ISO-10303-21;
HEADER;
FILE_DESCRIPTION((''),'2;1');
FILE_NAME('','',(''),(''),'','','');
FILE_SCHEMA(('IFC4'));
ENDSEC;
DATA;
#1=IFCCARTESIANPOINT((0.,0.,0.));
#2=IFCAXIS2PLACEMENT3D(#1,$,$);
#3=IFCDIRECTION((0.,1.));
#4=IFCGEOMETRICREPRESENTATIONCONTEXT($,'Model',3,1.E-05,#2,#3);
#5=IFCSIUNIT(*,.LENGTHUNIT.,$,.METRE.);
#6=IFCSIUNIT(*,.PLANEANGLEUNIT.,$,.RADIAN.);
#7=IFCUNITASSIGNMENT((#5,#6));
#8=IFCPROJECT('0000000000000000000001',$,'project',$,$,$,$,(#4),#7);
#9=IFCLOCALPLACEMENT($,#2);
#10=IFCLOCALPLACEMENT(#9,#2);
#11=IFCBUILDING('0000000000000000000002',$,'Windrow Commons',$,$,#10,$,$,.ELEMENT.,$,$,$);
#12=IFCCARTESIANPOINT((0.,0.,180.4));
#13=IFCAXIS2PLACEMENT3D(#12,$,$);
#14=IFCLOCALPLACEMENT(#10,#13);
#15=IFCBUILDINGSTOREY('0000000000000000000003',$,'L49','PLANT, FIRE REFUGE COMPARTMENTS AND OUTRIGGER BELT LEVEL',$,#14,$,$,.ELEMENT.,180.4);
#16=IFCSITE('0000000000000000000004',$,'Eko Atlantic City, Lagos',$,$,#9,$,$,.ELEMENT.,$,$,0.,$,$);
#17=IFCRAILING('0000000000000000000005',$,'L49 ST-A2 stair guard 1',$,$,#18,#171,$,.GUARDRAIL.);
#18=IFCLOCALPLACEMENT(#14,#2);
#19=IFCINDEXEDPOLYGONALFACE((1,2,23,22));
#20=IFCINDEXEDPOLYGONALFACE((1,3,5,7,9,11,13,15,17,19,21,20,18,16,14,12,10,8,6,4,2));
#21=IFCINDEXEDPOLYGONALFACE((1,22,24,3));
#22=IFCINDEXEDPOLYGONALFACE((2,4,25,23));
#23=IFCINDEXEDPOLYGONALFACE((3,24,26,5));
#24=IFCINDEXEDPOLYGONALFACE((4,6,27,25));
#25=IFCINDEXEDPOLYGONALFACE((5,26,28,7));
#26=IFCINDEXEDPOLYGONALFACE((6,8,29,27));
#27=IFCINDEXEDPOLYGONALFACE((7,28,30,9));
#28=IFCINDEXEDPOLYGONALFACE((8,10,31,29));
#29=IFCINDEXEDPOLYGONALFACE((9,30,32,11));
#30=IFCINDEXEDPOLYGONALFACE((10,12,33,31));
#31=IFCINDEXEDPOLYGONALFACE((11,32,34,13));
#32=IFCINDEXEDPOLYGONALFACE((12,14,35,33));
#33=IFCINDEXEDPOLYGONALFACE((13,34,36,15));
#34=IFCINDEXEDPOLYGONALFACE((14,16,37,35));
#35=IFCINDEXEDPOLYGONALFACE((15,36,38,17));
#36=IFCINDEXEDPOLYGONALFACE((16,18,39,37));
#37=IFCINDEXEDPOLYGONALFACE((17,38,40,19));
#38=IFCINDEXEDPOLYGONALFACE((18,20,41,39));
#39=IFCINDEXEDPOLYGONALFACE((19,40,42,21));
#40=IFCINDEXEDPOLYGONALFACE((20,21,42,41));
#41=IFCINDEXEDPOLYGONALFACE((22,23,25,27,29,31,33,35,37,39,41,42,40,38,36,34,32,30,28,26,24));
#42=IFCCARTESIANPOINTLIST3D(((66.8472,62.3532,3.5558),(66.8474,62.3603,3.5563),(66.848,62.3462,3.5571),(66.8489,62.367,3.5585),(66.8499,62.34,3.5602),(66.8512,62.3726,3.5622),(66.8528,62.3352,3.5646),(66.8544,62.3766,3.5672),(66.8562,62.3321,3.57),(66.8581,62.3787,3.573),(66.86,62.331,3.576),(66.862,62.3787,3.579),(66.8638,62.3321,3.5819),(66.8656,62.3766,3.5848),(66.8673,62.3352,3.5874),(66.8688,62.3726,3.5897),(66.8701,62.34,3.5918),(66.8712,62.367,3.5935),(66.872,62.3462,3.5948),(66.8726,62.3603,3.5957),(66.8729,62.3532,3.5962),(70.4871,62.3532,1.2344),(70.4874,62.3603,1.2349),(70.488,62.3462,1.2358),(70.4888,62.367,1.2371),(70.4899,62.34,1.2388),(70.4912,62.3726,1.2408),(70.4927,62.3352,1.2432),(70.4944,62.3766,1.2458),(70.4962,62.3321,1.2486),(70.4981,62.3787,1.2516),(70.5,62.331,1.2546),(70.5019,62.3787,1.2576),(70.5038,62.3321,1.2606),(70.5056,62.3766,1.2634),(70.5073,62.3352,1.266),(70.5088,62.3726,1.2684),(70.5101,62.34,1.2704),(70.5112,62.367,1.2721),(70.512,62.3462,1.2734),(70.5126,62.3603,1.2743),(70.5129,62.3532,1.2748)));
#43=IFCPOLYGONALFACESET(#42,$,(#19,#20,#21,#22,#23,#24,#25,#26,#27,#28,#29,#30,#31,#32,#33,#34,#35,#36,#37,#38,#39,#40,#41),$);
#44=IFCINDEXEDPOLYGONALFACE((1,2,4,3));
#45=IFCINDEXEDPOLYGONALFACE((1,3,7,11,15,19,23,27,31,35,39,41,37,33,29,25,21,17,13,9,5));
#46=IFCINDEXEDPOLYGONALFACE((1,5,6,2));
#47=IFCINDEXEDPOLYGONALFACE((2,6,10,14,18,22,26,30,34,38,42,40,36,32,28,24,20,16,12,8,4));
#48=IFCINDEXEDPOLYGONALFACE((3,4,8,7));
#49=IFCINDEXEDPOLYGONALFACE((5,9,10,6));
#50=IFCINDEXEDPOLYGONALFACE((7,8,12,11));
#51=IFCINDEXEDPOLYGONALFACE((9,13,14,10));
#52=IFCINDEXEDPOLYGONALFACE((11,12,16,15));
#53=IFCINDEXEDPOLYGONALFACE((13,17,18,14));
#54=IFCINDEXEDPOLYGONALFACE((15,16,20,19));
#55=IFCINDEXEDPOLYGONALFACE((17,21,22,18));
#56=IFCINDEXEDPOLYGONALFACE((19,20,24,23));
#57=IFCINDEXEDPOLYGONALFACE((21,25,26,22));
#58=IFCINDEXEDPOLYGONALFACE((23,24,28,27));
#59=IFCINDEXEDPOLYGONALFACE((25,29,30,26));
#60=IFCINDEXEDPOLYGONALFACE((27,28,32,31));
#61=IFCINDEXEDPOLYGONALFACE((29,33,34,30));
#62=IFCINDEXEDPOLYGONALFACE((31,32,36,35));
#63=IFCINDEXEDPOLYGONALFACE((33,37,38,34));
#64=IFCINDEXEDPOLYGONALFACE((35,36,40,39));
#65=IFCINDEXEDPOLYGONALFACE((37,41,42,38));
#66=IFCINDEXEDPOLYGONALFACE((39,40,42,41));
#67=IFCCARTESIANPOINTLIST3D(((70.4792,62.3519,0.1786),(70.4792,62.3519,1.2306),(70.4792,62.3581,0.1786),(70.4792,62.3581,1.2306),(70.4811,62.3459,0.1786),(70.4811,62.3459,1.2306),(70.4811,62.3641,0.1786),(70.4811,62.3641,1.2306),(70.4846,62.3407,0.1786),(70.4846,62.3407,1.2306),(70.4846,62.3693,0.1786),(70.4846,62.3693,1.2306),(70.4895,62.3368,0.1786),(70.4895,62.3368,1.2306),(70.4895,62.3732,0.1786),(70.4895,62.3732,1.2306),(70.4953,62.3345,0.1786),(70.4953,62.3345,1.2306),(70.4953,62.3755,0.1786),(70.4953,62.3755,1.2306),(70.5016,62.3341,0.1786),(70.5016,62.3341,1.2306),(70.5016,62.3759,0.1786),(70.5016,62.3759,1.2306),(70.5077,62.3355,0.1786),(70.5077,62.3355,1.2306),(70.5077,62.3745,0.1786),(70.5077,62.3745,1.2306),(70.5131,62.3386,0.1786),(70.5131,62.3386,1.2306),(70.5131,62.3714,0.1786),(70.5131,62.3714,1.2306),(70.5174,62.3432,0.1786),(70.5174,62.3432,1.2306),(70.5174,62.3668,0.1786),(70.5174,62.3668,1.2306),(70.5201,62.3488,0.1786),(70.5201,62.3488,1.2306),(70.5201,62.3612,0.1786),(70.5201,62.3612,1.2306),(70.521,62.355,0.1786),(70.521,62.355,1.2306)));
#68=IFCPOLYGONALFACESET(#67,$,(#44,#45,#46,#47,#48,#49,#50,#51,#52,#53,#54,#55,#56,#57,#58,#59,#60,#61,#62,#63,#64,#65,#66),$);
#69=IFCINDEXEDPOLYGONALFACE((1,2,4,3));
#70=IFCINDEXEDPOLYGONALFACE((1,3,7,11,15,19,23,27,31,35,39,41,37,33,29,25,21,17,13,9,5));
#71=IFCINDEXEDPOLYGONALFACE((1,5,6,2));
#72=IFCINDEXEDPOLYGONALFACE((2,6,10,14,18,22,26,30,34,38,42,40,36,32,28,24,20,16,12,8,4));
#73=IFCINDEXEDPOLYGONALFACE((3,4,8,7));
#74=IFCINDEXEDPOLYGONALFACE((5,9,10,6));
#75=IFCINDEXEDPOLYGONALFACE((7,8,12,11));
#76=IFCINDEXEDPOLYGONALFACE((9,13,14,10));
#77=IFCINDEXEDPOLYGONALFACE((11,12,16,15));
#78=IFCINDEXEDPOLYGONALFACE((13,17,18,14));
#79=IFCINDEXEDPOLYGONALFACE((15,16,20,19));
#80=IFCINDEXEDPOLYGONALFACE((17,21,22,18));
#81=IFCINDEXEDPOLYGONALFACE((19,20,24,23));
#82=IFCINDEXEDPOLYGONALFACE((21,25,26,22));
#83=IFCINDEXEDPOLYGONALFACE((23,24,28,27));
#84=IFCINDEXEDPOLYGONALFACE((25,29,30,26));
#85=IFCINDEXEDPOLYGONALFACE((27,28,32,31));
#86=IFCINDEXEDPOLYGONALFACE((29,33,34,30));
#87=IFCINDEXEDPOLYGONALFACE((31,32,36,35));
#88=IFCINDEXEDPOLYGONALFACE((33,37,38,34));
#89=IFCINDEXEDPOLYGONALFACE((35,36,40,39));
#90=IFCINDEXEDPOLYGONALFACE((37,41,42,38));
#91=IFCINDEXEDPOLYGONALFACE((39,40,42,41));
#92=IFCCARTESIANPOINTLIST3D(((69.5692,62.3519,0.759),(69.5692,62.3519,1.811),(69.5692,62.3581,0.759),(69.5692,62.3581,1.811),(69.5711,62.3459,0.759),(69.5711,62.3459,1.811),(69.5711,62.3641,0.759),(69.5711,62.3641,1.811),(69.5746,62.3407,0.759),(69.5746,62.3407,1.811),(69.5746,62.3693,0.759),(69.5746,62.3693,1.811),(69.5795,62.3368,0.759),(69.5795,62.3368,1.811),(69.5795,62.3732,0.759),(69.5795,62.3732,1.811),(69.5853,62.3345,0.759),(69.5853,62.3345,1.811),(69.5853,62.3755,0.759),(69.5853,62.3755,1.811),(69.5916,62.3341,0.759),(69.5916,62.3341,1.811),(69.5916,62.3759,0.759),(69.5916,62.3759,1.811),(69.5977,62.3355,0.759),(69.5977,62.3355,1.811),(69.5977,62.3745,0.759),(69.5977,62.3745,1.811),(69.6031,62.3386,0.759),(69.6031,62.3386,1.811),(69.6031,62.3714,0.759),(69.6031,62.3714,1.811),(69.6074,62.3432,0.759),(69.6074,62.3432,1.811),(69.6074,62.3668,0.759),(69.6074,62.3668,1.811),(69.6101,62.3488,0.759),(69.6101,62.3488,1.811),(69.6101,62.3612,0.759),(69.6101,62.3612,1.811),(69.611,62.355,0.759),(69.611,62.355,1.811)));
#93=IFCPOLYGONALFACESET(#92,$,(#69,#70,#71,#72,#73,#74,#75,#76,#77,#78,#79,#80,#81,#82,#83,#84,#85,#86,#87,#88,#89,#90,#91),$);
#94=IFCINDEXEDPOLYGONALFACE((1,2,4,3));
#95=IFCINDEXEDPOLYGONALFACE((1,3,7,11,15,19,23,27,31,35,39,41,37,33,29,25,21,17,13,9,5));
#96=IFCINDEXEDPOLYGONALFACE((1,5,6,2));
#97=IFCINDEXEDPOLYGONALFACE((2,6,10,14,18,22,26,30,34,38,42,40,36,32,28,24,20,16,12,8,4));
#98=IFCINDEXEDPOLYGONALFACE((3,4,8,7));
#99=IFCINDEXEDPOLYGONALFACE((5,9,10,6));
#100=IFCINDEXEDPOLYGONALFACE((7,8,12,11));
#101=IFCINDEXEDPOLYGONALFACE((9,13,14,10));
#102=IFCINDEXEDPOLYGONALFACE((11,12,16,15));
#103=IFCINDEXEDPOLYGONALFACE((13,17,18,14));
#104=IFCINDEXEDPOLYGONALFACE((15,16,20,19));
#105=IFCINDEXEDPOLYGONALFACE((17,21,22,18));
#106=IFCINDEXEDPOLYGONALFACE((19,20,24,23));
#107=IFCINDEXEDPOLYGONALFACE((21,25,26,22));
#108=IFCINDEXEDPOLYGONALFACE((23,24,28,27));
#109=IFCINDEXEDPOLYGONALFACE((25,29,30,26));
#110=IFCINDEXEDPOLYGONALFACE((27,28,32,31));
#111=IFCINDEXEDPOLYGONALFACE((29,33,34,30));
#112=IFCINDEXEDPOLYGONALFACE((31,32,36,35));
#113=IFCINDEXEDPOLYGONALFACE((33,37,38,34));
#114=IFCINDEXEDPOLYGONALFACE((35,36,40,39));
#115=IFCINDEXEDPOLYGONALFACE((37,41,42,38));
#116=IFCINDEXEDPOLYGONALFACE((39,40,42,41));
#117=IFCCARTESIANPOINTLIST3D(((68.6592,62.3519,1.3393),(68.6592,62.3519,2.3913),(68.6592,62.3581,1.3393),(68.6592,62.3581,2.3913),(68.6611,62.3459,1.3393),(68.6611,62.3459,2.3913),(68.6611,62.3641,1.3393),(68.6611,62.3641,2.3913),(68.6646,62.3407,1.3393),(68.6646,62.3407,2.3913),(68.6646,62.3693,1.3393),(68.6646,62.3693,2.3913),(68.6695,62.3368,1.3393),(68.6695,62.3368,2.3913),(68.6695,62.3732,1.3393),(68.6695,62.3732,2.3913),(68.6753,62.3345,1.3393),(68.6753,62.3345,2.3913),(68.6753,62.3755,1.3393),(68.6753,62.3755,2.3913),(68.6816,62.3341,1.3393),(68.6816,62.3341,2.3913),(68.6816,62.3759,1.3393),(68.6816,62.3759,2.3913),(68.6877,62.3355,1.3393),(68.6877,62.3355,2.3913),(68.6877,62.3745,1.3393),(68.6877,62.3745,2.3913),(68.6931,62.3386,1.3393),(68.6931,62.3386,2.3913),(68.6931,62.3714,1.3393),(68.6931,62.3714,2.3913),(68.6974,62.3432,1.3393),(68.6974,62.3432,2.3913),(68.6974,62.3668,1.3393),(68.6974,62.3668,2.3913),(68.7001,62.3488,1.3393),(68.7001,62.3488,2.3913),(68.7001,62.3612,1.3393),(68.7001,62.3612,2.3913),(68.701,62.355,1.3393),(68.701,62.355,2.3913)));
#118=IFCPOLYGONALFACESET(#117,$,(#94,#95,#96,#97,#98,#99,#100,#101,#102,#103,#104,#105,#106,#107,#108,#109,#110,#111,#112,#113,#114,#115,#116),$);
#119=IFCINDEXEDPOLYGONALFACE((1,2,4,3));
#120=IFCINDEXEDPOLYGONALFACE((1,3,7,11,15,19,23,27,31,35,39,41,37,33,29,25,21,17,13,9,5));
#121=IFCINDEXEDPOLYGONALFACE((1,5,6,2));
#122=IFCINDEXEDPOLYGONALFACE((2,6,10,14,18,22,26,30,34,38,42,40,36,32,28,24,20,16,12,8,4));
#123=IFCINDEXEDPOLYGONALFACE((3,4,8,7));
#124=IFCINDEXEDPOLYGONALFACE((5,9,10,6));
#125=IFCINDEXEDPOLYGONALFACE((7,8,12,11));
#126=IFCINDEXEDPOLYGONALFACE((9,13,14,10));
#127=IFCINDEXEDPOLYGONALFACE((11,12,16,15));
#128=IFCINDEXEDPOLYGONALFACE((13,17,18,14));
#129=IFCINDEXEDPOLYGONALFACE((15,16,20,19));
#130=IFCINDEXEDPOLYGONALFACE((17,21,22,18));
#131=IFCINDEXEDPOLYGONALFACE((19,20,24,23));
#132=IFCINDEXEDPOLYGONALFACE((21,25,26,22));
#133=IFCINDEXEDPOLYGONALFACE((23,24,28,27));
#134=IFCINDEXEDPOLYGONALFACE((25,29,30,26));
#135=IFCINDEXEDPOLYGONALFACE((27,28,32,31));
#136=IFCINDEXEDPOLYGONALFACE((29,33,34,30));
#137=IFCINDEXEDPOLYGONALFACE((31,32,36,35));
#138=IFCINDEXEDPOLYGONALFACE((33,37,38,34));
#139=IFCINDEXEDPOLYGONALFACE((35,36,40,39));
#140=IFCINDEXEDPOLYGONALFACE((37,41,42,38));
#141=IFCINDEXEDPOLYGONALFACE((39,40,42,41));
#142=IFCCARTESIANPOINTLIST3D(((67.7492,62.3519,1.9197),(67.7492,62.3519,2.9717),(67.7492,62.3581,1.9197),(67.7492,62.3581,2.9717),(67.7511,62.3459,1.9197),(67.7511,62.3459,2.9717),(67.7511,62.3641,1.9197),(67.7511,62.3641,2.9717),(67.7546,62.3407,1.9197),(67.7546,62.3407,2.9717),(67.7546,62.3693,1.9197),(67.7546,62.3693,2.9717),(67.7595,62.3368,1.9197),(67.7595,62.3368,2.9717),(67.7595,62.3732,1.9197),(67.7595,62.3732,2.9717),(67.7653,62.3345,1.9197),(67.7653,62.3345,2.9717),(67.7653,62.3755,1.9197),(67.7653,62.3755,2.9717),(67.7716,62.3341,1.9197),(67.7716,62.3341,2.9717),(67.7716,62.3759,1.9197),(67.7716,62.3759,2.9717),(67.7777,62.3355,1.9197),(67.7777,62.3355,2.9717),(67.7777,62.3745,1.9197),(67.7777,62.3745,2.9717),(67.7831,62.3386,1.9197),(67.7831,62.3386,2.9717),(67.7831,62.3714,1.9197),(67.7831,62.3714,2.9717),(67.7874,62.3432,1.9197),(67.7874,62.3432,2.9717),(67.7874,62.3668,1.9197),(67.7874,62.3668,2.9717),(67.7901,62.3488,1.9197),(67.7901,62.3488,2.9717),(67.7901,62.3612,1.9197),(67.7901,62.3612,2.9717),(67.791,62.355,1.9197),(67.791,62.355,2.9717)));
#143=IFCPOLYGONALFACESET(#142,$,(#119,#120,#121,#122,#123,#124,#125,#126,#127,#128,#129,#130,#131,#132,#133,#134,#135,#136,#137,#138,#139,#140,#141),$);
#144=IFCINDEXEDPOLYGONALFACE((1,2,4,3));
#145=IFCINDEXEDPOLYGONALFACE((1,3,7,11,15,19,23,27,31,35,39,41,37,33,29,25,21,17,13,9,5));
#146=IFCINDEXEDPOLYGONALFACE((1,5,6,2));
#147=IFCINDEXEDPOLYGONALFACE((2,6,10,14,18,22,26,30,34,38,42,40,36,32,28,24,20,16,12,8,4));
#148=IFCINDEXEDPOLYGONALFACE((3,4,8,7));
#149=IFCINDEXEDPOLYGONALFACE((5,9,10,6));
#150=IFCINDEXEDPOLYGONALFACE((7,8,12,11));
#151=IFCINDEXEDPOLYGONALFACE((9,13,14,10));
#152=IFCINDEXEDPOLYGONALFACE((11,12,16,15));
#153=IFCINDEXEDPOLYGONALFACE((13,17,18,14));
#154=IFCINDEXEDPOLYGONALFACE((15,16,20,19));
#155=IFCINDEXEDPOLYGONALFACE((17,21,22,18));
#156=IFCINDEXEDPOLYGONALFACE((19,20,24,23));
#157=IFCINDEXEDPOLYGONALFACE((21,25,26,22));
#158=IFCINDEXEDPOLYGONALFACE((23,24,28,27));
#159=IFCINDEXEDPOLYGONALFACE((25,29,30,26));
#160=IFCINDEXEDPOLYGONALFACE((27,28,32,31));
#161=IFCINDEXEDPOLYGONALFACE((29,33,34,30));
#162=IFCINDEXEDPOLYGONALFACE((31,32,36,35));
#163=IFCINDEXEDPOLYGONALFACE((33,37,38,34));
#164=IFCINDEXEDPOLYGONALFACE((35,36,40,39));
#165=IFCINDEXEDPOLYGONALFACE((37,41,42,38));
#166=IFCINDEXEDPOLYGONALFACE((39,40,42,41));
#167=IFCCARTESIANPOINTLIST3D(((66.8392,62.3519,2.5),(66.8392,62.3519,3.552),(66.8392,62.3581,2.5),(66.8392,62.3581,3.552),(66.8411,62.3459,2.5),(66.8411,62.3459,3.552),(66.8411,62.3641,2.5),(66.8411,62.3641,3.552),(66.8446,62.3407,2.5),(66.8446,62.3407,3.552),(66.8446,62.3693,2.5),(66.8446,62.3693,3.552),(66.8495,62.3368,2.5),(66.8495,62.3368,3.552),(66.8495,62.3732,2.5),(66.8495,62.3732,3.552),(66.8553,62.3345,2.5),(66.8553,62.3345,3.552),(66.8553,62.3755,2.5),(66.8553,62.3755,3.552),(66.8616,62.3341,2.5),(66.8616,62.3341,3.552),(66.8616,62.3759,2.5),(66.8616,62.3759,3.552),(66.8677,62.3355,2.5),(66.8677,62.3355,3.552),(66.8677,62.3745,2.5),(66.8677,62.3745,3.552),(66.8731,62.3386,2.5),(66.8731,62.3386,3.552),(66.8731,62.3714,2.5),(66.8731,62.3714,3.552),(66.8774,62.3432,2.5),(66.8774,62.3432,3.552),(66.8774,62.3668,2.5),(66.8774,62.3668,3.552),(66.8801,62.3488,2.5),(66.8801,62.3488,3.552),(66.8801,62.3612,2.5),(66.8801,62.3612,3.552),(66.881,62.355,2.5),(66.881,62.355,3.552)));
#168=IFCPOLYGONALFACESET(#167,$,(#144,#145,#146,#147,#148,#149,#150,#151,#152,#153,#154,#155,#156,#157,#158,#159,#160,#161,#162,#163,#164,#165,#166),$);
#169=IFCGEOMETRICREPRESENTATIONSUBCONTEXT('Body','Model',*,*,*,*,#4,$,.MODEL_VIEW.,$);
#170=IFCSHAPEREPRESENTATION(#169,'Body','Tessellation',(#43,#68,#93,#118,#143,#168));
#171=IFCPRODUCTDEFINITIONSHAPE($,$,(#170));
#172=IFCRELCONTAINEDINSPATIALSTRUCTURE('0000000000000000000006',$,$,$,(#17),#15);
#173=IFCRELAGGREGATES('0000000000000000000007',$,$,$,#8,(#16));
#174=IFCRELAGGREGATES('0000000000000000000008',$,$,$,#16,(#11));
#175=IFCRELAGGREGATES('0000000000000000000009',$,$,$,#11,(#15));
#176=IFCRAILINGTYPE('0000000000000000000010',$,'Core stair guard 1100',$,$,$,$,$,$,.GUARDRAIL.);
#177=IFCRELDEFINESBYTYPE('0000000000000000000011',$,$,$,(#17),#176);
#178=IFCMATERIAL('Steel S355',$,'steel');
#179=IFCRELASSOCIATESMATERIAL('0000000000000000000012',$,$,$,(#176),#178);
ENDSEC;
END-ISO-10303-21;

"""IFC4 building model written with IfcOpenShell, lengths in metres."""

from ifc_helpers import new_model, si_unit, direction, frame, origin, origin_2d, place, context, subcontext, project, spatial, circle, extrude, material, type_object, element, save


model = new_model("IFC4")

# Units and contexts
model_context = context("Model", 3, precision=1e-05, world=origin(), true_north=direction((0.0, 1.0)))
body_context = subcontext(model_context, "Body", "Model", "MODEL_VIEW")
ifc_project = project(units=[si_unit("LENGTHUNIT", "METRE"), si_unit("PLANEANGLEUNIT", "RADIAN")], contexts=[model_context])

# Site, building, storey
site_placement = place(None, origin())
site = spatial("IfcSite", under=ifc_project, at=site_placement, Name="Eko Atlantic City, Lagos", CompositionType="ELEMENT", RefElevation=0.0)
building_placement = place(site_placement, origin())
building = spatial("IfcBuilding", under=site, at=building_placement, Name="Windrow Commons", CompositionType="ELEMENT")
storey_placement = place(building_placement, frame((0.0, 0.0, 180.4)))
storey = spatial("IfcBuildingStorey", under=building, at=storey_placement, Name="L49", Description="PLANT, FIRE REFUGE COMPARTMENTS AND OUTRIGGER BELT LEVEL", CompositionType="ELEMENT", Elevation=180.4)

# Railing
ifc_material_1 = material(Name="Steel S355", Category="steel")
railing_type_1 = type_object("IfcRailingType", Name="Core stair guard 1100", PredefinedType="GUARDRAIL", material=ifc_material_1)
railing_1_placement = place(storey_placement, frame((70.5, 62.355, 0.1786)))
element("IfcRailing", 1, at=railing_1_placement, inside=storey, type_object=railing_type_1, Name="L49 ST-A2 stair guard 1", PredefinedType="GUARDRAIL", context=body_context, shape_type="SweptSolid", body=[
    extrude(circle(Radius=0.024, at=origin_2d()), frame((0.0, 0.0, 1.076), z_axis=(-0.843133, 0.0, 0.537706), x_axis=(0.0, -1.0, 0.0)), (0.0, 0.0, 1.0), 4.3172),
    extrude(circle(Radius=0.021, at=origin_2d()), origin(), (0.0, 0.0, 1.0), 1.052),
    extrude(circle(Radius=0.021, at=origin_2d()), frame((-0.91, 0.0, 0.5804)), (0.0, 0.0, 1.0), 1.052),
    extrude(circle(Radius=0.021, at=origin_2d()), frame((-1.82, 0.0, 1.1607)), (0.0, 0.0, 1.0), 1.052),
    extrude(circle(Radius=0.021, at=origin_2d()), frame((-2.73, 0.0, 1.7411)), (0.0, 0.0, 1.0), 1.052),
    extrude(circle(Radius=0.021, at=origin_2d()), frame((-3.64, 0.0, 2.3214)), (0.0, 0.0, 1.0), 1.052),
])

save(model, "model.ifc")
